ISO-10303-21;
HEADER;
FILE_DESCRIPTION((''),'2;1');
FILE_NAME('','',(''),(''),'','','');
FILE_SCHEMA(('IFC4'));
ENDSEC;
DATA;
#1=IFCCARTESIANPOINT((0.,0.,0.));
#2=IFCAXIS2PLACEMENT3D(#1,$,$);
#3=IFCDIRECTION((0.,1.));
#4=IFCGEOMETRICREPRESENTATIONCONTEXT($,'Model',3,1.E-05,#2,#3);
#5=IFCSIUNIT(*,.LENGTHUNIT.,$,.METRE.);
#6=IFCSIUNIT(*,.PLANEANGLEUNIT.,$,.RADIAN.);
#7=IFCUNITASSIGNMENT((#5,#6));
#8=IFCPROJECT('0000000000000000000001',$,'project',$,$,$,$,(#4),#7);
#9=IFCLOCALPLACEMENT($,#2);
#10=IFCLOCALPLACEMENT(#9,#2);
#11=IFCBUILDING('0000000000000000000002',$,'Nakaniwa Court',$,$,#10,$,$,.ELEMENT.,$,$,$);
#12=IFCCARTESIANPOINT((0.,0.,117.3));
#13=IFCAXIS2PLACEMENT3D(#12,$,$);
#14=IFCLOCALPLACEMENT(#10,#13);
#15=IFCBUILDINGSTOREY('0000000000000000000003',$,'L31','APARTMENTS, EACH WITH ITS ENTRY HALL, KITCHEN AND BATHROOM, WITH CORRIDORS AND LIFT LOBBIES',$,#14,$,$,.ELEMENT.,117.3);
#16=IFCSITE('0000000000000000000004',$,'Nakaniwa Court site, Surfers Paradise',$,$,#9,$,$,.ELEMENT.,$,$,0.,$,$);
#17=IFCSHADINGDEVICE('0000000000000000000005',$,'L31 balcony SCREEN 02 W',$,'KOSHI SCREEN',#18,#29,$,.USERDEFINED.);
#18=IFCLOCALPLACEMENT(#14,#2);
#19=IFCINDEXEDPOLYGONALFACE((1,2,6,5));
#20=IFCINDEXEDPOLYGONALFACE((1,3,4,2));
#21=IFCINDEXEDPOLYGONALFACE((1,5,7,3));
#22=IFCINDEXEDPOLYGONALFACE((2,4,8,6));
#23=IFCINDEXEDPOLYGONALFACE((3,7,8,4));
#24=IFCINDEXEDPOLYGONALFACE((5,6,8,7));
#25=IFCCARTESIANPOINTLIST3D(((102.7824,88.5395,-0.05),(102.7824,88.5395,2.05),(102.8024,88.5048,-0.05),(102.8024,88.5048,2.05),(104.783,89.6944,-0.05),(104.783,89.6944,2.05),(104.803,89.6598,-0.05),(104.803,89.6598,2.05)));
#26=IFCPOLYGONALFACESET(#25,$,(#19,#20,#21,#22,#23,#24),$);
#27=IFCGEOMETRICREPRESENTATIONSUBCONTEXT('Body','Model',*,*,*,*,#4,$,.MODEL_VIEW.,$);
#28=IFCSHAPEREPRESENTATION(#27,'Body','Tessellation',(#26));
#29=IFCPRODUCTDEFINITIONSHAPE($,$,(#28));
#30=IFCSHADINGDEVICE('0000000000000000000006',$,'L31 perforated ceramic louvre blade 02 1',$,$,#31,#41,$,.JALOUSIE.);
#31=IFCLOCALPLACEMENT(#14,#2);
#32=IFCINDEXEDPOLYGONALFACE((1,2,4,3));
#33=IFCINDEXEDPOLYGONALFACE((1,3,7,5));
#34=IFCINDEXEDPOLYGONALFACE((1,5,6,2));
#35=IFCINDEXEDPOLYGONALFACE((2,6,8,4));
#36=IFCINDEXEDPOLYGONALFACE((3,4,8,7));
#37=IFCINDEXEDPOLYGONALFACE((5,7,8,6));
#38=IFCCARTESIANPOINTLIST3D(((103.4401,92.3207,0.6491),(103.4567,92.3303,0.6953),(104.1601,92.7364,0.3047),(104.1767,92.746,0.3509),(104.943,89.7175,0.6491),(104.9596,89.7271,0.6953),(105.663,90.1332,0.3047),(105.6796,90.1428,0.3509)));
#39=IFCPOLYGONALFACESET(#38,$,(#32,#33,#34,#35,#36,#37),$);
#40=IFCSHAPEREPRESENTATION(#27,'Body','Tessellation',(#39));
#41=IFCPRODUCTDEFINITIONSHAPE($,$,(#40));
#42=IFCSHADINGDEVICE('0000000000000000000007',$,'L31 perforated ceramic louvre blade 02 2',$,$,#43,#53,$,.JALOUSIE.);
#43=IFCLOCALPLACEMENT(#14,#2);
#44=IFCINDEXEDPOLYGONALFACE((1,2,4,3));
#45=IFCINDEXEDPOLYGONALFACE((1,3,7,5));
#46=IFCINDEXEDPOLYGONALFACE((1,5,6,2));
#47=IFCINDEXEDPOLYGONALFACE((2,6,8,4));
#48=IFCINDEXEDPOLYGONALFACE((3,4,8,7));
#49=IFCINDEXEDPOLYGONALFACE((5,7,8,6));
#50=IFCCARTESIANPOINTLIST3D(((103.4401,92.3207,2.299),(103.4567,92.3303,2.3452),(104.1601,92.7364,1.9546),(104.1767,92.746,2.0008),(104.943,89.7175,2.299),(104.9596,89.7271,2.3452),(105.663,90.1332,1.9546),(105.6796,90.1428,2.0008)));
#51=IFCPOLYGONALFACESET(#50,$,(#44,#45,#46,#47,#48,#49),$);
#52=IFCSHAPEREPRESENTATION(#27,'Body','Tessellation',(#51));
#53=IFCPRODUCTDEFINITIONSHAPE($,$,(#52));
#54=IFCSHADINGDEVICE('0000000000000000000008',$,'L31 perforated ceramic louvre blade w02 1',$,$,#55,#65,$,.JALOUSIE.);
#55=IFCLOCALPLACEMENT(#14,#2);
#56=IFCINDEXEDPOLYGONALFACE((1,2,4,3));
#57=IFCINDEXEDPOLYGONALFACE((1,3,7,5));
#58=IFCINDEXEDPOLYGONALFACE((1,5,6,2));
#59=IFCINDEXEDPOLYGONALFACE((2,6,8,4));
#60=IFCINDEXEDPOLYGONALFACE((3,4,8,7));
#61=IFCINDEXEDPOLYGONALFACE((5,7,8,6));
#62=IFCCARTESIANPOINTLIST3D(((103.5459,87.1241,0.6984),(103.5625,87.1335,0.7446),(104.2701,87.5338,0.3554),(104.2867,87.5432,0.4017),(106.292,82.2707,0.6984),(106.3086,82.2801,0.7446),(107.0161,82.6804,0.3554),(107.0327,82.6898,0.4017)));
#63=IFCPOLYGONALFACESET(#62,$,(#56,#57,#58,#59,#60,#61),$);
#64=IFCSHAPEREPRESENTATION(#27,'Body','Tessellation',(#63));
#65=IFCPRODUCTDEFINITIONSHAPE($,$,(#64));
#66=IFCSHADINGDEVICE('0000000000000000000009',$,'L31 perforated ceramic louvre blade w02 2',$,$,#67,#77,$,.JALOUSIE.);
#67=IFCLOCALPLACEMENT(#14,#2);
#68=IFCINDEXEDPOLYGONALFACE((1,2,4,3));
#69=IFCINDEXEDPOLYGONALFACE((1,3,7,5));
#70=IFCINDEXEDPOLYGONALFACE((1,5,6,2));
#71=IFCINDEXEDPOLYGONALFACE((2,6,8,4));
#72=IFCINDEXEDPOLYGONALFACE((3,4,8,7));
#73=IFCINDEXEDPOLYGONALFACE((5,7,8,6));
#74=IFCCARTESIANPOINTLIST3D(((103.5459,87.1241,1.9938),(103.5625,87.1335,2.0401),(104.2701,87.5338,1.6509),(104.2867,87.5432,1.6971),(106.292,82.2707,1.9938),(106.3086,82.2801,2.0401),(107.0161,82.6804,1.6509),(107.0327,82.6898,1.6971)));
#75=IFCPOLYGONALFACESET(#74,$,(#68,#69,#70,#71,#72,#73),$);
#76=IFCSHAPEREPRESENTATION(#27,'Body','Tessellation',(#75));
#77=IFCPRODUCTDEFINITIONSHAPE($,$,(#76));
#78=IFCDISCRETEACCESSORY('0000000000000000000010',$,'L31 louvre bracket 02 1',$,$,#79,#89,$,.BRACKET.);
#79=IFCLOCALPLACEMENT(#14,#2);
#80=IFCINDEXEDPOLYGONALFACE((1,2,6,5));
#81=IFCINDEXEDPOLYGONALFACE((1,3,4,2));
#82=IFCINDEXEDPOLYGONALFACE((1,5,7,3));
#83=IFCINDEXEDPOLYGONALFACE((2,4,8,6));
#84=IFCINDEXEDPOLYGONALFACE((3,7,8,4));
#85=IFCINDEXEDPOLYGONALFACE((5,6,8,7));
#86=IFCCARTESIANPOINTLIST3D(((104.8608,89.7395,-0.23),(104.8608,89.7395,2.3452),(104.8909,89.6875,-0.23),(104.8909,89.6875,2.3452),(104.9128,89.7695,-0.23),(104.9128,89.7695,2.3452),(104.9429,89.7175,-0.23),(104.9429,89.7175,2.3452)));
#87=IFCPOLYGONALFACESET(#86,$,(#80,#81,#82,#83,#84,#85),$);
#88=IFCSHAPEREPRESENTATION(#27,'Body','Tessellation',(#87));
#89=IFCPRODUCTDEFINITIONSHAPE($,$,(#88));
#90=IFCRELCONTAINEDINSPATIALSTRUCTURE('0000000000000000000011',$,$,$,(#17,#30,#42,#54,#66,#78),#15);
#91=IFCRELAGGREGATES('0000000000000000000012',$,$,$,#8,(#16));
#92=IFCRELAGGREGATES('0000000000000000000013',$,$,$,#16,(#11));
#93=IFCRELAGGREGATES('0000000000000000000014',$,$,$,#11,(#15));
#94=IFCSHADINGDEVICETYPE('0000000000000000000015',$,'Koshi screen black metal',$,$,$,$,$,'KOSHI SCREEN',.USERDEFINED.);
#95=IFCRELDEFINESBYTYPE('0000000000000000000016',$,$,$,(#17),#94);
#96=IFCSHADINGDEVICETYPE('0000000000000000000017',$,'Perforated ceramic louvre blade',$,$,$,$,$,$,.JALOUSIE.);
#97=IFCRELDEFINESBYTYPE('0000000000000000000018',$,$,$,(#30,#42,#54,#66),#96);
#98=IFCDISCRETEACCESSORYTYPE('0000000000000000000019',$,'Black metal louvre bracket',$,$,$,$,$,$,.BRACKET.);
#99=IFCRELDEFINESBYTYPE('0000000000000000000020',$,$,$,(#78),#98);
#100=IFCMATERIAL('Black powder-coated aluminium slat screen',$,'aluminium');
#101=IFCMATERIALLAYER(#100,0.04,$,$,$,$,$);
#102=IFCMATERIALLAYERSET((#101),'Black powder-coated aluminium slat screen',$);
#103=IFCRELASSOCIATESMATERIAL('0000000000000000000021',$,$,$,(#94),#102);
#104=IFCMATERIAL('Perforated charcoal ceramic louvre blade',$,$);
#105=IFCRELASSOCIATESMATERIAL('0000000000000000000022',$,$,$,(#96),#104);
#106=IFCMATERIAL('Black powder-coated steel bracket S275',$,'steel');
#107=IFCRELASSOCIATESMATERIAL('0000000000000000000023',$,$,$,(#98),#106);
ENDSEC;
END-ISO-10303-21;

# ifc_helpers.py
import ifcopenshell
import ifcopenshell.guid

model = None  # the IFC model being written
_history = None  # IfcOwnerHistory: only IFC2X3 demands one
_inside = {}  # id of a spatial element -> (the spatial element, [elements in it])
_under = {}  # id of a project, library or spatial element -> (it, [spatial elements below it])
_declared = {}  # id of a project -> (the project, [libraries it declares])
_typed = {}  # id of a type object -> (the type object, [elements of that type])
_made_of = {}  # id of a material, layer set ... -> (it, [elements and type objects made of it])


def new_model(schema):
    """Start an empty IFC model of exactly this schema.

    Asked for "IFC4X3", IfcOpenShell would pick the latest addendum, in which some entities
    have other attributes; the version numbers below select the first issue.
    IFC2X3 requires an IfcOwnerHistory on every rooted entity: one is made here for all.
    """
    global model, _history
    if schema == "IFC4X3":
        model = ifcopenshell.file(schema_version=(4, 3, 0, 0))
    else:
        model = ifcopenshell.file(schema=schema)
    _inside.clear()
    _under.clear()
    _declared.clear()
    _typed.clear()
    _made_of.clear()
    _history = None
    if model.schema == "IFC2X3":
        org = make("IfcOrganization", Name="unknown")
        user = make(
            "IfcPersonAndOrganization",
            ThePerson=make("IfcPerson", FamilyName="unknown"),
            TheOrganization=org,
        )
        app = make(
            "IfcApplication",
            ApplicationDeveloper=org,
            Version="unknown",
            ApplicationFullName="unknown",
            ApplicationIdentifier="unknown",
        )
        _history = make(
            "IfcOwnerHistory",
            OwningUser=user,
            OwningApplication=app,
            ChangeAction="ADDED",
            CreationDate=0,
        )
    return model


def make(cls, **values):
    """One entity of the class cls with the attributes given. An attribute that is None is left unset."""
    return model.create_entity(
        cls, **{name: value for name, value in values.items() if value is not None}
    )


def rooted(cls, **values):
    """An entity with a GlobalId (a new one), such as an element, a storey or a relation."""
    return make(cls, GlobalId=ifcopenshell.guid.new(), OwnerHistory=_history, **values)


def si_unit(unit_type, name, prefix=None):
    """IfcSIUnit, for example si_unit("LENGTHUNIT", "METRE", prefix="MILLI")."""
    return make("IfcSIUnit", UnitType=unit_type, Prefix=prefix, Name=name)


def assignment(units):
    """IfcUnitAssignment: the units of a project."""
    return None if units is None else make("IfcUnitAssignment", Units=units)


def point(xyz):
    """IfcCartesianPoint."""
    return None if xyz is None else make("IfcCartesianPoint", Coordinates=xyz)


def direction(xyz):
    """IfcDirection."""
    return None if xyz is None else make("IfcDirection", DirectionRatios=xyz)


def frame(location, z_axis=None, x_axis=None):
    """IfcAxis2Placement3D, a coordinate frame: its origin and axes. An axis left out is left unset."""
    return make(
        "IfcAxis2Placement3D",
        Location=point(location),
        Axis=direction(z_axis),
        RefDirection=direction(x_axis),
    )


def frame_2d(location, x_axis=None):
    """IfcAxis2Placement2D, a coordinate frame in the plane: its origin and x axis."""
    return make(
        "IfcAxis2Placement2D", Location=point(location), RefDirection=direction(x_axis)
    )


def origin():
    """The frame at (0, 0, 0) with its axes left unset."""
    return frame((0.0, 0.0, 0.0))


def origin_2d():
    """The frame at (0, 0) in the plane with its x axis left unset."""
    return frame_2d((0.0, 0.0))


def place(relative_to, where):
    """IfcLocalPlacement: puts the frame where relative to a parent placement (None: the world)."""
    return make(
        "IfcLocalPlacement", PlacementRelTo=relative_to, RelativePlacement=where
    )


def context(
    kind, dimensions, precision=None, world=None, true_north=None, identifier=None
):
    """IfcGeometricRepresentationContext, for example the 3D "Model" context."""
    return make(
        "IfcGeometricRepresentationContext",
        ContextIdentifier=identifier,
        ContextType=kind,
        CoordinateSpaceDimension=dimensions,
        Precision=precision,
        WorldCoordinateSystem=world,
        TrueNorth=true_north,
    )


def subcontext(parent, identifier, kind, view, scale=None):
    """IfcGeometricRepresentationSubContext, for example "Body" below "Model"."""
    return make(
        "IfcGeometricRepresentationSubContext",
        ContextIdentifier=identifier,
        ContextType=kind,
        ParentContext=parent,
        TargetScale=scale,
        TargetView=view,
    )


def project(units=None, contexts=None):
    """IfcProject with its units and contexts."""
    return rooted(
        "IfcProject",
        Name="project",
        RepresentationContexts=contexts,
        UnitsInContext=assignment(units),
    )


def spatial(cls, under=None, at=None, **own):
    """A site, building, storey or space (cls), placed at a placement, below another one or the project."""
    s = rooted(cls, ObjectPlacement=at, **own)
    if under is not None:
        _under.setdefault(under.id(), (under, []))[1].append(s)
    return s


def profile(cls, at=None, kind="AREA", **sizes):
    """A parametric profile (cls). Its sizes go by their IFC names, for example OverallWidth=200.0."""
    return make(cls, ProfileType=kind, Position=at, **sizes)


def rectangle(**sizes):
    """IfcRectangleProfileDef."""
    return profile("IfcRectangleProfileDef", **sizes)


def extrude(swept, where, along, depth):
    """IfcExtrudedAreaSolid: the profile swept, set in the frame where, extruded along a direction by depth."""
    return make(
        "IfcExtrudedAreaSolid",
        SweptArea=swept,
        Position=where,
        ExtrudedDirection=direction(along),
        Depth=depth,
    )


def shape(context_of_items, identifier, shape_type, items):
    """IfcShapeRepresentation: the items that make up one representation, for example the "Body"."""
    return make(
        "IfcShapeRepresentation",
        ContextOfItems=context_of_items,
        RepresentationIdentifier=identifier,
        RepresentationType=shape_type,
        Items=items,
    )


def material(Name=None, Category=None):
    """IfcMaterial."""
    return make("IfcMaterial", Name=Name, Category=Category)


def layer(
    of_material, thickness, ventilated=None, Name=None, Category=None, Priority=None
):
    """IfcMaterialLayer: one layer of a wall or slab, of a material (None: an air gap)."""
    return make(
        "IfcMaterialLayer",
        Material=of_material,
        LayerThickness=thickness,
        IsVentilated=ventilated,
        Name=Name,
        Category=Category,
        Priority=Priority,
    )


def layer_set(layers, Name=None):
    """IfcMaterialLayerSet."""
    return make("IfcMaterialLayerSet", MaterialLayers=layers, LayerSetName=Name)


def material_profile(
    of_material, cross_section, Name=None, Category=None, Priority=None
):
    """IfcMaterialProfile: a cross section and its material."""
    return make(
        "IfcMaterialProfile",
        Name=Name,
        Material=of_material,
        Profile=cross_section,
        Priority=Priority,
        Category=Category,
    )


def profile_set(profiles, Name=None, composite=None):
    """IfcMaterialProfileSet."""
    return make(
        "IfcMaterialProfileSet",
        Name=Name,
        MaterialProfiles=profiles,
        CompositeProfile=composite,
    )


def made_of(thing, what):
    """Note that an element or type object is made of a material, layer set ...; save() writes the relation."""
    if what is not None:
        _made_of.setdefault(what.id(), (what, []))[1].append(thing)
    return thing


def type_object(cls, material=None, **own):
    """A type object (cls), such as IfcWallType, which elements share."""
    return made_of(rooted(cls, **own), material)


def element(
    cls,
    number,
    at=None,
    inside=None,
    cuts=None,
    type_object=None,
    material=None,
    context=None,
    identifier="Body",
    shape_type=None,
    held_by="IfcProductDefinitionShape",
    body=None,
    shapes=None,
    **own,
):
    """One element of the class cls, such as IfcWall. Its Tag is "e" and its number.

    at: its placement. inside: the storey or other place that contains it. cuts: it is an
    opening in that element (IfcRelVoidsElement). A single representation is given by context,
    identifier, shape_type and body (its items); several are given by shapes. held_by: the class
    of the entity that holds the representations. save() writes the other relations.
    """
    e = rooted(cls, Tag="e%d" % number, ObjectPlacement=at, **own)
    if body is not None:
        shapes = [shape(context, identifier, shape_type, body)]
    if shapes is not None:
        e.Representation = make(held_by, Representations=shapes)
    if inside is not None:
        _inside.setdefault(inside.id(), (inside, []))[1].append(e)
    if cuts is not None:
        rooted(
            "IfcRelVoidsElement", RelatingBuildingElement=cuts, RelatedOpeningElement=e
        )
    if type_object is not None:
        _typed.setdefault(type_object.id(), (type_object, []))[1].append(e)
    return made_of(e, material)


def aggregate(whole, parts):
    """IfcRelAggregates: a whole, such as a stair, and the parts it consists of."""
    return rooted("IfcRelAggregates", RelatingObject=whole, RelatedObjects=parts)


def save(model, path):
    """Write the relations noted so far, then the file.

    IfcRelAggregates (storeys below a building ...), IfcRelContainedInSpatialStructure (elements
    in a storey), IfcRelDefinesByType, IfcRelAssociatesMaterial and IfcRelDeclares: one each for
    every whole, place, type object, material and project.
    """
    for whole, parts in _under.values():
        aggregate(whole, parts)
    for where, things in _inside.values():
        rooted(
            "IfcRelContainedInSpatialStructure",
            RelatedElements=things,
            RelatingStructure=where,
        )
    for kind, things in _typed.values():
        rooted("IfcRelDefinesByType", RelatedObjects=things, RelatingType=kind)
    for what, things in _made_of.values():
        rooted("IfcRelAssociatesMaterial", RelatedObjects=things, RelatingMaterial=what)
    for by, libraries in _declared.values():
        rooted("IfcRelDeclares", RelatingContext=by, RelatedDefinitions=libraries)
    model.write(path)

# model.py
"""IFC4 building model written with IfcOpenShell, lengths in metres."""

from ifc_helpers import new_model, si_unit, direction, frame, origin, origin_2d, place, context, subcontext, project, spatial, rectangle, extrude, material, layer, layer_set, material_profile, profile_set, type_object, element, save


model = new_model("IFC4")

# Units and contexts
model_context = context("Model", 3, precision=1e-05, world=origin(), true_north=direction((0.0, 1.0)))
body_context = subcontext(model_context, "Body", "Model", "MODEL_VIEW")
ifc_project = project(units=[si_unit("LENGTHUNIT", "METRE"), si_unit("PLANEANGLEUNIT", "RADIAN")], contexts=[model_context])

# Site, building, storey
site_placement = place(None, origin())
site = spatial("IfcSite", under=ifc_project, at=site_placement, Name="Nakaniwa Court site, Surfers Paradise", CompositionType="ELEMENT", RefElevation=0.0)
building_placement = place(site_placement, origin())
building = spatial("IfcBuilding", under=site, at=building_placement, Name="Nakaniwa Court", CompositionType="ELEMENT")
storey_placement = place(building_placement, frame((0.0, 0.0, 117.3)))
storey = spatial("IfcBuildingStorey", under=building, at=storey_placement, Name="L31", Description="APARTMENTS, EACH WITH ITS ENTRY HALL, KITCHEN AND BATHROOM, WITH CORRIDORS AND LIFT LOBBIES", CompositionType="ELEMENT", Elevation=117.3)

# Shading devices
ifc_material_1 = material(Name="Black powder-coated aluminium slat screen", Category="aluminium")
ifc_layer_1 = layer(ifc_material_1, 0.04)
ifc_layer_set_1 = layer_set([ifc_layer_1], Name="Black powder-coated aluminium slat screen")
shading_device_type_1 = type_object("IfcShadingDeviceType", Name="Koshi screen black metal", ElementType="KOSHI SCREEN", PredefinedType="USERDEFINED", material=ifc_layer_set_1)
shading_device_placement = place(storey_placement, frame((103.7927, 89.0996, -0.05), z_axis=(0.0, 0.0, 1.0), x_axis=(-0.499974, 0.86604, 0.0)))
element("IfcShadingDevice", 1, at=shading_device_placement, inside=storey, type_object=shading_device_type_1, Name="L31 balcony SCREEN 02 W", ObjectType="KOSHI SCREEN", PredefinedType="USERDEFINED", context=body_context, shape_type="SweptSolid", body=[
    extrude(rectangle(XDim=0.04, YDim=2.3101, at=origin_2d()), origin(), (0.0, 0.0, 1.0), 2.1001),
])
ifc_material_2 = material(Name="Perforated charcoal ceramic louvre blade")
ifc_material_profile_1 = material_profile(ifc_material_2, rectangle(XDim=0.8999, YDim=0.05, at=origin_2d()), Name="Perforated ceramic louvre blade")
ifc_profile_set_1 = profile_set([ifc_material_profile_1], Name="Perforated charcoal ceramic louvre blade")
shading_device_type_2 = type_object("IfcShadingDeviceType", Name="Perforated ceramic louvre blade", PredefinedType="JALOUSIE", material=ifc_profile_set_1)
for number, where, z_axis, x_axis, name in (
    (2, (105.3113, 89.9302, 0.5), (-0.499983, 0.866035, 0.0), (-0.800112, -0.461924, 0.382683), "L31 perforated ceramic louvre blade 02 1"),
    (3, (105.3113, 89.9302, 2.1499), (-0.499983, 0.866035, 0.0), (-0.800112, -0.461924, 0.382683), "L31 perforated ceramic louvre blade 02 2"),
):
    element("IfcShadingDevice", number, at=place(storey_placement, frame(where, z_axis=z_axis, x_axis=x_axis)), inside=storey, type_object=shading_device_type_2, Name=name, PredefinedType="JALOUSIE", context=body_context, shape_type="SweptSolid", body=[
        extrude(rectangle(XDim=0.8999, YDim=0.05, at=origin_2d()), origin(), (0.0, 0.0, 1.0), 3.0059),
    ])
for number, where, z_axis, x_axis, name in (
    (4, (106.6624, 82.4802, 0.55), (-0.492438, 0.870347, 0.0), (-0.804676, -0.455282, 0.38107), "L31 perforated ceramic louvre blade w02 1"),
    (5, (106.6624, 82.4802, 1.8455), (-0.492438, 0.870347, 0.0), (-0.804676, -0.455282, 0.38107), "L31 perforated ceramic louvre blade w02 2"),
):
    element("IfcShadingDevice", number, at=place(storey_placement, frame(where, z_axis=z_axis, x_axis=x_axis)), inside=storey, type_object=shading_device_type_2, Name=name, PredefinedType="JALOUSIE", context=body_context, shape_type="SweptSolid", body=[
        extrude(rectangle(XDim=0.8999, YDim=0.05, at=origin_2d()), origin(), (0.0, 0.0, 1.0), 5.5764),
    ])

# Discrete accessory
ifc_material_3 = material(Name="Black powder-coated steel bracket S275", Category="steel")
discrete_accessory_type = type_object("IfcDiscreteAccessoryType", Name="Black metal louvre bracket", PredefinedType="BRACKET", material=ifc_material_3)
discrete_accessory_placement = place(storey_placement, frame((104.9019, 89.7285, -0.23), z_axis=(0.0, 0.0, 1.0), x_axis=(-0.499974, 0.86604, 0.0)))
element("IfcDiscreteAccessory", 6, at=discrete_accessory_placement, inside=storey, type_object=discrete_accessory_type, Name="L31 louvre bracket 02 1", PredefinedType="BRACKET", context=body_context, shape_type="SweptSolid", body=[
    extrude(rectangle(XDim=0.0601, YDim=0.0601, at=origin_2d()), origin(), (0.0, 0.0, 1.0), 2.5752),
])

save(model, "model.ifc")
